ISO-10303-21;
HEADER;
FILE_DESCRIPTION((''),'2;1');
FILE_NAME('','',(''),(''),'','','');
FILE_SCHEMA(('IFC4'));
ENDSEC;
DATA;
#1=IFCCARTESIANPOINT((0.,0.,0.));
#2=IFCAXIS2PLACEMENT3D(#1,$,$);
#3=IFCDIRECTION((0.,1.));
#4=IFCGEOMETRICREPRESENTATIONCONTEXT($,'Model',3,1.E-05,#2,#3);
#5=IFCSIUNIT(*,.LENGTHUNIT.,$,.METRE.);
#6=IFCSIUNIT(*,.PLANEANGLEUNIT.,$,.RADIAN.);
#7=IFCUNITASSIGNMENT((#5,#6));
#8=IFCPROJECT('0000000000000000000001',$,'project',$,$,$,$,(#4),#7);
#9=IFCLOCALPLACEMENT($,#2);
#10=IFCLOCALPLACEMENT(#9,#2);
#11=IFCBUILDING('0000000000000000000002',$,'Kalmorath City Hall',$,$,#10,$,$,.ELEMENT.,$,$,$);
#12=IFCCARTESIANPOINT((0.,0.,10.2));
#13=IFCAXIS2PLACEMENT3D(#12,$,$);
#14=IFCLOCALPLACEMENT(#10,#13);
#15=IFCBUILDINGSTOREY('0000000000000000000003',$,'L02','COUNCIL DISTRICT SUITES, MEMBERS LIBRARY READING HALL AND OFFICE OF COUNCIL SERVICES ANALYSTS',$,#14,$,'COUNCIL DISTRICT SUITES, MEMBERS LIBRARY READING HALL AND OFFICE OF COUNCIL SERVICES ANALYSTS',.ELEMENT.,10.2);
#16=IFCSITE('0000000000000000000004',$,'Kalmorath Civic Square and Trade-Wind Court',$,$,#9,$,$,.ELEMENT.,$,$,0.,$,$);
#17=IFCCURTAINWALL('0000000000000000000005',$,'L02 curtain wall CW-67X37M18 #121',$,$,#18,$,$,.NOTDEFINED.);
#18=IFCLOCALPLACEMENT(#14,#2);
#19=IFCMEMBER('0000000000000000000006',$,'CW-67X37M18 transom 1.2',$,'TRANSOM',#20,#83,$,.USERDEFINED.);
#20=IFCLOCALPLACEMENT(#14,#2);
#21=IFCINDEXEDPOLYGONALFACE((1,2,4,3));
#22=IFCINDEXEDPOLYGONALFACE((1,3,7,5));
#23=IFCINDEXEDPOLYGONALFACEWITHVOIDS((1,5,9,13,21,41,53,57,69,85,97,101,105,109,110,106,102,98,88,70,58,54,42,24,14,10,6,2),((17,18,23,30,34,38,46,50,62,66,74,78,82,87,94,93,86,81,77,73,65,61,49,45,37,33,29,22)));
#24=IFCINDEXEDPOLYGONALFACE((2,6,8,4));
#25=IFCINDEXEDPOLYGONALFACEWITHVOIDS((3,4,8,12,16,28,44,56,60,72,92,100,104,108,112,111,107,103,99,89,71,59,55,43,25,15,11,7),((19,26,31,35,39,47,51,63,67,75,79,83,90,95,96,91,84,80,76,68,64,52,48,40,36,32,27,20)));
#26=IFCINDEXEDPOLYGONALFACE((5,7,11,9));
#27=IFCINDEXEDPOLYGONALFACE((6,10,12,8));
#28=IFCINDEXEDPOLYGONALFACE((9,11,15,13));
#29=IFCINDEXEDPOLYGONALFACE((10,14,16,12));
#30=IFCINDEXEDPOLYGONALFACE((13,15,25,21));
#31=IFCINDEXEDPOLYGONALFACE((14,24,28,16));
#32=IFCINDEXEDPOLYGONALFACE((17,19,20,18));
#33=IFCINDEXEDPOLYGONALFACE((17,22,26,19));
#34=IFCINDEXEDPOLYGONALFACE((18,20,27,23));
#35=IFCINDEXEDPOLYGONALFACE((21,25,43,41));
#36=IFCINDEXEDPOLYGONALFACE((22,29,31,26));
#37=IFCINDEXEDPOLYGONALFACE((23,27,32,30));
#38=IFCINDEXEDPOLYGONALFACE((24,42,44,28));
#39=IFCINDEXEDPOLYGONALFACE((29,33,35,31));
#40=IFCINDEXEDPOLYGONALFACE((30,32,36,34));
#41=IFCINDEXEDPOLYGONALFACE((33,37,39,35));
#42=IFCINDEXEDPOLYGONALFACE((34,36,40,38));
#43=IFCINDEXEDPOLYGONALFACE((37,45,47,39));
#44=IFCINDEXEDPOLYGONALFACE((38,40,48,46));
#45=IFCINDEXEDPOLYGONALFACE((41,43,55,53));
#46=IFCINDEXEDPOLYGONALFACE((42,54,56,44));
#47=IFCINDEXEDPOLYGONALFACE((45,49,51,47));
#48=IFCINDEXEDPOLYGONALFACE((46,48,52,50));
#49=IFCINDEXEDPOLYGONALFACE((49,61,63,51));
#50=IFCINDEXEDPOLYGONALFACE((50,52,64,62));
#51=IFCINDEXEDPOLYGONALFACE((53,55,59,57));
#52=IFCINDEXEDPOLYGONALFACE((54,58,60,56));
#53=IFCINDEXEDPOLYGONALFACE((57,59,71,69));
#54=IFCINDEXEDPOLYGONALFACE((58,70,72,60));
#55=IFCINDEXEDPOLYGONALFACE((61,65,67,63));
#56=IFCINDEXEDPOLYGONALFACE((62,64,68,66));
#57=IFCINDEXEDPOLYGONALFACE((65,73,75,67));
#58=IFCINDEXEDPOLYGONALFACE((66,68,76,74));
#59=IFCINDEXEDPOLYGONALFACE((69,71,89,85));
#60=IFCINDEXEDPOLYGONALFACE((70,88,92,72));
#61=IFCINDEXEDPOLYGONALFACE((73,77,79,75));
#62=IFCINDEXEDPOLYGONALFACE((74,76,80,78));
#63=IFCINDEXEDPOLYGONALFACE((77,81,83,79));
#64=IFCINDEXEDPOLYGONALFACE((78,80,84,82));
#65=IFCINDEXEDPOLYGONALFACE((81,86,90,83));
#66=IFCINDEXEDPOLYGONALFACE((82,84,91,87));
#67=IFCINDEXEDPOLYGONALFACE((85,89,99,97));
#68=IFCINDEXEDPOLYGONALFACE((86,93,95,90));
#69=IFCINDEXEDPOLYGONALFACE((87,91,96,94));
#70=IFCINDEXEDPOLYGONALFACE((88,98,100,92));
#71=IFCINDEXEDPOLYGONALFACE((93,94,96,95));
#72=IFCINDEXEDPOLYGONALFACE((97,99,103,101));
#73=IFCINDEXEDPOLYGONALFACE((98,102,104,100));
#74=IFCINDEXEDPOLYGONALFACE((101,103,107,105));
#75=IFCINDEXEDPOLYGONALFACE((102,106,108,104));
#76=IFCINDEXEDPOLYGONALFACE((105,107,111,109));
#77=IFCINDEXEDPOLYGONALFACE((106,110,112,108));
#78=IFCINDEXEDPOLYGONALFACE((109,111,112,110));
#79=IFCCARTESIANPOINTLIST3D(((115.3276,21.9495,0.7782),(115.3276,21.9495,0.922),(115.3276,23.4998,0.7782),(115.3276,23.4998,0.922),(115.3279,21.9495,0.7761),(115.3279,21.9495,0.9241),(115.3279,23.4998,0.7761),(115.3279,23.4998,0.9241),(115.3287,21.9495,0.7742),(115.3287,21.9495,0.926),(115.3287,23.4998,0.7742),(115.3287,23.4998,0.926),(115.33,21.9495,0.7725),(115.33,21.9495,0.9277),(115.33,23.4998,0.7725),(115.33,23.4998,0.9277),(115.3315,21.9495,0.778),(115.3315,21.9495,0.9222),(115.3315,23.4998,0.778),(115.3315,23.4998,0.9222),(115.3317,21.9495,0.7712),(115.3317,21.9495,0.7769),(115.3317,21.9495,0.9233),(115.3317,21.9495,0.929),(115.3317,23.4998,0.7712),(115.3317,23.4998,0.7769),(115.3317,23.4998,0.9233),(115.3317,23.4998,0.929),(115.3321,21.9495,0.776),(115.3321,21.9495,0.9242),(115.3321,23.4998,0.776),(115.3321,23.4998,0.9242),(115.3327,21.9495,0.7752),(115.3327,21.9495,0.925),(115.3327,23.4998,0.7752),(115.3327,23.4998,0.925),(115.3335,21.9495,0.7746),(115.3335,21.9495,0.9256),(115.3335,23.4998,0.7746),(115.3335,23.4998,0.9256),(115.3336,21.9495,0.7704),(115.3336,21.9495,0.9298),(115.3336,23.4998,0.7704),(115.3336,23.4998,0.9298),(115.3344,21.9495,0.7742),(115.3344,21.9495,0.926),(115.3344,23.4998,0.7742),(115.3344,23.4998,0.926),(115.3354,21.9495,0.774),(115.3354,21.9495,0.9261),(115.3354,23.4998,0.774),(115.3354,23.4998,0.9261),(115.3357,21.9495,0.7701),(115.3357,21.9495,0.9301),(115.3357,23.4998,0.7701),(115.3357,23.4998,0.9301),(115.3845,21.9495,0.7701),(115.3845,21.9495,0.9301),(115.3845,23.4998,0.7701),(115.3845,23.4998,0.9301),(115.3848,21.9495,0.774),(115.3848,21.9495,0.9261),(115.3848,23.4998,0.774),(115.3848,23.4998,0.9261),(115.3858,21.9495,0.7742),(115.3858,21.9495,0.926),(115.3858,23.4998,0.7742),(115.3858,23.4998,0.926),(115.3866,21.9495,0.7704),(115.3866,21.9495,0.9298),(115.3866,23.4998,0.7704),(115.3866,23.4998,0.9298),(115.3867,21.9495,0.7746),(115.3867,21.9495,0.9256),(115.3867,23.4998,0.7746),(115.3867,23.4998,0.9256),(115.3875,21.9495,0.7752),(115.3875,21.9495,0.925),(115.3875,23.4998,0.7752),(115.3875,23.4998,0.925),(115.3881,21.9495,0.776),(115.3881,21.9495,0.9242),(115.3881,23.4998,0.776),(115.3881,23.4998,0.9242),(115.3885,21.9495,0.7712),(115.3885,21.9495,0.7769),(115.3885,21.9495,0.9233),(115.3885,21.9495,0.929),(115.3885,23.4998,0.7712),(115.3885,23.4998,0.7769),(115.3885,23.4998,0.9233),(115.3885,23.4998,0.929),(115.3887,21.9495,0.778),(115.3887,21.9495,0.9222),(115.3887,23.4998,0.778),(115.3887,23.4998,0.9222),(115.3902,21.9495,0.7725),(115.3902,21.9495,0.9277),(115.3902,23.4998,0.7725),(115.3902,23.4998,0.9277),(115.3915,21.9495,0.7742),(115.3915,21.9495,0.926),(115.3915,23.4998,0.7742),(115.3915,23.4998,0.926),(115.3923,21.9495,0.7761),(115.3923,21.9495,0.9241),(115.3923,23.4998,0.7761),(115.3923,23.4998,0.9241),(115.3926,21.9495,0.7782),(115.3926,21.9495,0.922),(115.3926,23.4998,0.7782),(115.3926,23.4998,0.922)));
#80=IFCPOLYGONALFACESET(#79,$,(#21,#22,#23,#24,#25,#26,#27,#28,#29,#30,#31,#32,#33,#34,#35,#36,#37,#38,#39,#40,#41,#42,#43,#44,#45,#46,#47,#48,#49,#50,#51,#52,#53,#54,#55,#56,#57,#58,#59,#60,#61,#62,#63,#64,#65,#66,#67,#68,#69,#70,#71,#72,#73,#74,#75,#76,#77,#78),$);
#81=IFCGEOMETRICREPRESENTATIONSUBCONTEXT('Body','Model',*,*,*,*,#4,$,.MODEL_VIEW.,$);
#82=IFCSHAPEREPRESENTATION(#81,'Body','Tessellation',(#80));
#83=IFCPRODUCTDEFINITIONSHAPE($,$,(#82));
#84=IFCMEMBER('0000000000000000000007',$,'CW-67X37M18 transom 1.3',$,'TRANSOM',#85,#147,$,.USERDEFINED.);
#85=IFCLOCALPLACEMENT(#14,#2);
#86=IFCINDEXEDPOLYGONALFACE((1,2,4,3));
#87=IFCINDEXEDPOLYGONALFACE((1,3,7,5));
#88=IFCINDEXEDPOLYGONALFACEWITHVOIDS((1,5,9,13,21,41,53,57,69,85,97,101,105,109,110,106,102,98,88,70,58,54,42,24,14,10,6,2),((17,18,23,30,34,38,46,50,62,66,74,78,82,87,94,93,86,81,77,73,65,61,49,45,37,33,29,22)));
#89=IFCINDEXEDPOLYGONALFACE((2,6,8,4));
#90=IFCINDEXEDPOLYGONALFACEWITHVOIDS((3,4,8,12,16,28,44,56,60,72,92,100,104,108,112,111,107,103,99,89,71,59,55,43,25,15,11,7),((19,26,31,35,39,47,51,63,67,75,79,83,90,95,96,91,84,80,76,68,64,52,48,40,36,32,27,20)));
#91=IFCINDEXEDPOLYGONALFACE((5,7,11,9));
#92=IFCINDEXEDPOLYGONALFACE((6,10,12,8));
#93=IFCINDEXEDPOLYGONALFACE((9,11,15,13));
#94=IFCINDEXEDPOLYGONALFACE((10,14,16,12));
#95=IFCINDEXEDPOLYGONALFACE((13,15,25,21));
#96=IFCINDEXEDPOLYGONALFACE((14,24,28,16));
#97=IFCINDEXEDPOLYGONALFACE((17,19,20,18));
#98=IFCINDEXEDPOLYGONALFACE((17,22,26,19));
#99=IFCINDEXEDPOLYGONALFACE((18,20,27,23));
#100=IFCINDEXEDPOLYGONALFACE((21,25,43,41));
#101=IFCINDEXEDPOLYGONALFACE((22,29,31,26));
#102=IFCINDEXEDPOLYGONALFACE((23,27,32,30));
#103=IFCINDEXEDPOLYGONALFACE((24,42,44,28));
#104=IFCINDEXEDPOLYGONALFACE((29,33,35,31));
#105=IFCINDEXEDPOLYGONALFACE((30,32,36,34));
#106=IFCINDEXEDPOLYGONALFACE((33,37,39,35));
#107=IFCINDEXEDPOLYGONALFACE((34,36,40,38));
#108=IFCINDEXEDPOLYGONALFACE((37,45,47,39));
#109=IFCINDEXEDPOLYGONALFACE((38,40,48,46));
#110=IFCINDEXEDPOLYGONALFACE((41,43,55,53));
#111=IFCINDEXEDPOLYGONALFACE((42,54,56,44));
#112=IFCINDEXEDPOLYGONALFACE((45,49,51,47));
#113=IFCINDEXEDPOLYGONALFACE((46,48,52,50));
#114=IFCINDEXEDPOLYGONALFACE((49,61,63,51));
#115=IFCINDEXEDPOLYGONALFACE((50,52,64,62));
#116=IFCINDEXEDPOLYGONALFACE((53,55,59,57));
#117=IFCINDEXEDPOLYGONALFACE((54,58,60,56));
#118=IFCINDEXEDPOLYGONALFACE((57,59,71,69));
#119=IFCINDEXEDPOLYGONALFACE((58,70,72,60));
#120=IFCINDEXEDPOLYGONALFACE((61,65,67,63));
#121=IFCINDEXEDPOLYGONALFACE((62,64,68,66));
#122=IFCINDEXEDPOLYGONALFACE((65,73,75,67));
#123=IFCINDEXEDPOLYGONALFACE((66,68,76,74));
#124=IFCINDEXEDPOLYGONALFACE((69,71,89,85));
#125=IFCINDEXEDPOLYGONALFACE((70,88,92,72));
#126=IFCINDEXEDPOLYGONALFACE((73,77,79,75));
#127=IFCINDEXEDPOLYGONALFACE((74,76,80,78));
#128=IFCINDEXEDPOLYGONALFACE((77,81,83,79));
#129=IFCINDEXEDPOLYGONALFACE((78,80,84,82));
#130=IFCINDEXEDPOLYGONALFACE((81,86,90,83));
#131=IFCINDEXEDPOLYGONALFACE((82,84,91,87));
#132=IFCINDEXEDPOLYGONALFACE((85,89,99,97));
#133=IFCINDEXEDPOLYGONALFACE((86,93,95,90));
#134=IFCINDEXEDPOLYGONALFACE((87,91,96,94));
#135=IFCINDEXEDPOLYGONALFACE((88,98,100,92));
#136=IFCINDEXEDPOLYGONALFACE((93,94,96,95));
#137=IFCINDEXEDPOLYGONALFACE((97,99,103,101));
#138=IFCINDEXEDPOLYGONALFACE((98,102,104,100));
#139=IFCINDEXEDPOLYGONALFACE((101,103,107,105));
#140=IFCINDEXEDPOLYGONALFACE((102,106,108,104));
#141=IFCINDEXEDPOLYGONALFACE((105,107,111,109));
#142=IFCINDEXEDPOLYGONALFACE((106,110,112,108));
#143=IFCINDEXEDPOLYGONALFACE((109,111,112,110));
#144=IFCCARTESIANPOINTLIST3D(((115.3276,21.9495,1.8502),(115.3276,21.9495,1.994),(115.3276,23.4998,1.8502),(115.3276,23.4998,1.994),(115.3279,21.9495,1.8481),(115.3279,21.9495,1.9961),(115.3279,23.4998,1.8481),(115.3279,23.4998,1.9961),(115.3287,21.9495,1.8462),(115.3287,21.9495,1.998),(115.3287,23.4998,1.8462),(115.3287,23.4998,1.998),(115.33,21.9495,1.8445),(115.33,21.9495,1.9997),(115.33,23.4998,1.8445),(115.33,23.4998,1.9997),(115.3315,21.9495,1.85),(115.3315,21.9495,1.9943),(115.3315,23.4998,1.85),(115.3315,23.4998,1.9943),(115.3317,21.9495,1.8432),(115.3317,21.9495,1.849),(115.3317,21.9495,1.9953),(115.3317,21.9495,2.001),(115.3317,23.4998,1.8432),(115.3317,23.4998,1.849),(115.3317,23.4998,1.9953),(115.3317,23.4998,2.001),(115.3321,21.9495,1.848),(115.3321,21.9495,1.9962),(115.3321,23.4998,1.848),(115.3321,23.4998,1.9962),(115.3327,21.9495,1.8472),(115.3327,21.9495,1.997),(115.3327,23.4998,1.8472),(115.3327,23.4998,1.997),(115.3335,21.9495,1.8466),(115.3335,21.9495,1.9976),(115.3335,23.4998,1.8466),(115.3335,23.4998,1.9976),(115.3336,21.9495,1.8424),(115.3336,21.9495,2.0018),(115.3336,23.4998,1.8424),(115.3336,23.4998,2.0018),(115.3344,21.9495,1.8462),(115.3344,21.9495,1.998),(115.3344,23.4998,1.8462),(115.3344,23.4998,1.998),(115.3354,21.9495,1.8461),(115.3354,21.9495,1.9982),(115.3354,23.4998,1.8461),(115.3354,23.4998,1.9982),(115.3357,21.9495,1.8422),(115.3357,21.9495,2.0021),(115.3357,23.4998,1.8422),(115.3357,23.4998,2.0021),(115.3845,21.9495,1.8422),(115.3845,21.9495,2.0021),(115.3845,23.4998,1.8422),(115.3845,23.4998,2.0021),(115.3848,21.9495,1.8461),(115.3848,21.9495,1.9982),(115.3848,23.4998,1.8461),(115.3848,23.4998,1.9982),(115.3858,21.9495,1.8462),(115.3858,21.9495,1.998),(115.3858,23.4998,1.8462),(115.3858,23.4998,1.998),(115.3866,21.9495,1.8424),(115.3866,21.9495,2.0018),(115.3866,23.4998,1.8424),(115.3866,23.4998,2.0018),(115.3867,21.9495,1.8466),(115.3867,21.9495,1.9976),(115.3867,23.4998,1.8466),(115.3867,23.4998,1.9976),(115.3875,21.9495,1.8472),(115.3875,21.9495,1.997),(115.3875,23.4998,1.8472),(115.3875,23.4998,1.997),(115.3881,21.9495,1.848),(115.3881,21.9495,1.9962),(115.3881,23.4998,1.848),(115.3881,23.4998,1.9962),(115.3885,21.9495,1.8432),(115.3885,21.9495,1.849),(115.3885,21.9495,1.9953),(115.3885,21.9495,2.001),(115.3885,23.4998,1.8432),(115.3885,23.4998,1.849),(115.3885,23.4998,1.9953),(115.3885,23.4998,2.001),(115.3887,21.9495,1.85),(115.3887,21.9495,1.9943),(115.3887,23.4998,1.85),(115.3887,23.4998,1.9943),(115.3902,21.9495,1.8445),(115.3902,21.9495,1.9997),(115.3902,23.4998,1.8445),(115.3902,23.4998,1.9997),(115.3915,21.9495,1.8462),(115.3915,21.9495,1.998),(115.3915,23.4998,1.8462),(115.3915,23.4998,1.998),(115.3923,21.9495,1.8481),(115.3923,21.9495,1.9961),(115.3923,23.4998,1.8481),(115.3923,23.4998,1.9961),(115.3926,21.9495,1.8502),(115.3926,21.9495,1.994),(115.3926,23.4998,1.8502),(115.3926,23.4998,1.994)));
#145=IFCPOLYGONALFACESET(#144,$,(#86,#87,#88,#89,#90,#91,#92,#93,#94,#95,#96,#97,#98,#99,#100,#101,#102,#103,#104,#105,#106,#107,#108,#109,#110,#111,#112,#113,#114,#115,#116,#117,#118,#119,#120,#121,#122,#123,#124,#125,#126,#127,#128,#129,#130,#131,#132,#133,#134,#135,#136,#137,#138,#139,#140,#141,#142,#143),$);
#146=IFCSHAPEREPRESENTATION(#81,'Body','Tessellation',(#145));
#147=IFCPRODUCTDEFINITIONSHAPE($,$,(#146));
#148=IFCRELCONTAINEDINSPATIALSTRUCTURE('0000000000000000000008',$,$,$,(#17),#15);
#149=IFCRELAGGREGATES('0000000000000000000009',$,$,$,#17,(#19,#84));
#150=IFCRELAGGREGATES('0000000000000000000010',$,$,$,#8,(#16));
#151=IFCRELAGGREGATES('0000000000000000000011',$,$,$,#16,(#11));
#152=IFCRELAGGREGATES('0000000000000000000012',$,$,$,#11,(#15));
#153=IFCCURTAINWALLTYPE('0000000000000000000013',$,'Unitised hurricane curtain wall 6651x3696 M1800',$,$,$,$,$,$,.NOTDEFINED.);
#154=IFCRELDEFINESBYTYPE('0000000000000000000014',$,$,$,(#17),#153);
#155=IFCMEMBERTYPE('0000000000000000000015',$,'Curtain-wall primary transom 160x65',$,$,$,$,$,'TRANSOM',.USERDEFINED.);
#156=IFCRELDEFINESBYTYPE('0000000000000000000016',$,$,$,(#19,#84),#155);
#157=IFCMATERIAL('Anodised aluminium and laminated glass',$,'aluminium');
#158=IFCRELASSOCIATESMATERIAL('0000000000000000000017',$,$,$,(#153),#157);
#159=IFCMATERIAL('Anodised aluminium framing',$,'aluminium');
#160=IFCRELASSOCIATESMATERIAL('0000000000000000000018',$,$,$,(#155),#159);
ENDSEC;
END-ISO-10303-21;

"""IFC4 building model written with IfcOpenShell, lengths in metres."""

from ifc_helpers import new_model, si_unit, direction, frame, origin, origin_2d, place, context, subcontext, project, spatial, hollow_rectangle, extrude, material, material_profile, profile_set, type_object, element, aggregate, save


model = new_model("IFC4")

# Units and contexts
model_context = context("Model", 3, precision=1e-05, world=origin(), true_north=direction((0.0, 1.0)))
body_context = subcontext(model_context, "Body", "Model", "MODEL_VIEW")
ifc_project = project(units=[si_unit("LENGTHUNIT", "METRE"), si_unit("PLANEANGLEUNIT", "RADIAN")], contexts=[model_context])

# Site, building, storey
site_placement = place(None, origin())
site = spatial("IfcSite", under=ifc_project, at=site_placement, Name="Kalmorath Civic Square and Trade-Wind Court", CompositionType="ELEMENT", RefElevation=0.0)
building_placement = place(site_placement, origin())
building = spatial("IfcBuilding", under=site, at=building_placement, Name="Kalmorath City Hall", CompositionType="ELEMENT")
storey_placement = place(building_placement, frame((0.0, 0.0, 10.2)))
storey = spatial("IfcBuildingStorey", under=building, at=storey_placement, Name="L02", Description="COUNCIL DISTRICT SUITES, MEMBERS LIBRARY READING HALL AND OFFICE OF COUNCIL SERVICES ANALYSTS", LongName="COUNCIL DISTRICT SUITES, MEMBERS LIBRARY READING HALL AND OFFICE OF COUNCIL SERVICES ANALYSTS", CompositionType="ELEMENT", Elevation=10.2)

# Curtain wall, members
ifc_material_1 = material(Name="Anodised aluminium and laminated glass", Category="aluminium")
curtain_wall_type = type_object("IfcCurtainWallType", Name="Unitised hurricane curtain wall 6651x3696 M1800", PredefinedType="NOTDEFINED", material=ifc_material_1)
curtain_wall_placement = place(storey_placement, origin())
curtain_wall = element("IfcCurtainWall", 1, at=curtain_wall_placement, inside=storey, type_object=curtain_wall_type, Name="L02 curtain wall CW-67X37M18 #121", PredefinedType="NOTDEFINED")
ifc_material_2 = material(Name="Anodised aluminium framing", Category="aluminium")
ifc_material_profile_1 = material_profile(ifc_material_2, hollow_rectangle(XDim=0.0649, YDim=0.1599, WallThickness=0.0039, InnerFilletRadius=0.0039, OuterFilletRadius=0.0081, at=origin_2d()), Name="ALU-TRN-160X65X4")
ifc_profile_set_1 = profile_set([ifc_material_profile_1], Name="Anodised aluminium framing")
member_type_1 = type_object("IfcMemberType", Name="Curtain-wall primary transom 160x65", ElementType="TRANSOM", PredefinedType="USERDEFINED", material=ifc_profile_set_1)
member_1_placement = place(storey_placement, frame((115.3601, 21.9495, 0.8501), z_axis=(0.0, 1.0, 0.0), x_axis=(-1.0, 0.0, 0.0)))
member_1 = element("IfcMember", 2, at=member_1_placement, type_object=member_type_1, Name="CW-67X37M18 transom 1.2", ObjectType="TRANSOM", PredefinedType="USERDEFINED", context=body_context, shape_type="SweptSolid", body=[
    extrude(hollow_rectangle(XDim=0.0649, YDim=0.1599, WallThickness=0.0039, InnerFilletRadius=0.0039, OuterFilletRadius=0.0081, at=origin_2d()), origin(), (0.0, 0.0, 1.0), 1.5503),
])
member_2_placement = place(storey_placement, frame((115.3601, 21.9495, 1.9221), z_axis=(0.0, 1.0, 0.0), x_axis=(-1.0, 0.0, 0.0)))
member_2 = element("IfcMember", 3, at=member_2_placement, type_object=member_type_1, Name="CW-67X37M18 transom 1.3", ObjectType="TRANSOM", PredefinedType="USERDEFINED", context=body_context, shape_type="SweptSolid", body=[
    extrude(hollow_rectangle(XDim=0.0649, YDim=0.1599, WallThickness=0.0039, InnerFilletRadius=0.0039, OuterFilletRadius=0.0081, at=origin_2d()), origin(), (0.0, 0.0, 1.0), 1.5503),
])
aggregate(curtain_wall, [member_1, member_2])

save(model, "model.ifc")
